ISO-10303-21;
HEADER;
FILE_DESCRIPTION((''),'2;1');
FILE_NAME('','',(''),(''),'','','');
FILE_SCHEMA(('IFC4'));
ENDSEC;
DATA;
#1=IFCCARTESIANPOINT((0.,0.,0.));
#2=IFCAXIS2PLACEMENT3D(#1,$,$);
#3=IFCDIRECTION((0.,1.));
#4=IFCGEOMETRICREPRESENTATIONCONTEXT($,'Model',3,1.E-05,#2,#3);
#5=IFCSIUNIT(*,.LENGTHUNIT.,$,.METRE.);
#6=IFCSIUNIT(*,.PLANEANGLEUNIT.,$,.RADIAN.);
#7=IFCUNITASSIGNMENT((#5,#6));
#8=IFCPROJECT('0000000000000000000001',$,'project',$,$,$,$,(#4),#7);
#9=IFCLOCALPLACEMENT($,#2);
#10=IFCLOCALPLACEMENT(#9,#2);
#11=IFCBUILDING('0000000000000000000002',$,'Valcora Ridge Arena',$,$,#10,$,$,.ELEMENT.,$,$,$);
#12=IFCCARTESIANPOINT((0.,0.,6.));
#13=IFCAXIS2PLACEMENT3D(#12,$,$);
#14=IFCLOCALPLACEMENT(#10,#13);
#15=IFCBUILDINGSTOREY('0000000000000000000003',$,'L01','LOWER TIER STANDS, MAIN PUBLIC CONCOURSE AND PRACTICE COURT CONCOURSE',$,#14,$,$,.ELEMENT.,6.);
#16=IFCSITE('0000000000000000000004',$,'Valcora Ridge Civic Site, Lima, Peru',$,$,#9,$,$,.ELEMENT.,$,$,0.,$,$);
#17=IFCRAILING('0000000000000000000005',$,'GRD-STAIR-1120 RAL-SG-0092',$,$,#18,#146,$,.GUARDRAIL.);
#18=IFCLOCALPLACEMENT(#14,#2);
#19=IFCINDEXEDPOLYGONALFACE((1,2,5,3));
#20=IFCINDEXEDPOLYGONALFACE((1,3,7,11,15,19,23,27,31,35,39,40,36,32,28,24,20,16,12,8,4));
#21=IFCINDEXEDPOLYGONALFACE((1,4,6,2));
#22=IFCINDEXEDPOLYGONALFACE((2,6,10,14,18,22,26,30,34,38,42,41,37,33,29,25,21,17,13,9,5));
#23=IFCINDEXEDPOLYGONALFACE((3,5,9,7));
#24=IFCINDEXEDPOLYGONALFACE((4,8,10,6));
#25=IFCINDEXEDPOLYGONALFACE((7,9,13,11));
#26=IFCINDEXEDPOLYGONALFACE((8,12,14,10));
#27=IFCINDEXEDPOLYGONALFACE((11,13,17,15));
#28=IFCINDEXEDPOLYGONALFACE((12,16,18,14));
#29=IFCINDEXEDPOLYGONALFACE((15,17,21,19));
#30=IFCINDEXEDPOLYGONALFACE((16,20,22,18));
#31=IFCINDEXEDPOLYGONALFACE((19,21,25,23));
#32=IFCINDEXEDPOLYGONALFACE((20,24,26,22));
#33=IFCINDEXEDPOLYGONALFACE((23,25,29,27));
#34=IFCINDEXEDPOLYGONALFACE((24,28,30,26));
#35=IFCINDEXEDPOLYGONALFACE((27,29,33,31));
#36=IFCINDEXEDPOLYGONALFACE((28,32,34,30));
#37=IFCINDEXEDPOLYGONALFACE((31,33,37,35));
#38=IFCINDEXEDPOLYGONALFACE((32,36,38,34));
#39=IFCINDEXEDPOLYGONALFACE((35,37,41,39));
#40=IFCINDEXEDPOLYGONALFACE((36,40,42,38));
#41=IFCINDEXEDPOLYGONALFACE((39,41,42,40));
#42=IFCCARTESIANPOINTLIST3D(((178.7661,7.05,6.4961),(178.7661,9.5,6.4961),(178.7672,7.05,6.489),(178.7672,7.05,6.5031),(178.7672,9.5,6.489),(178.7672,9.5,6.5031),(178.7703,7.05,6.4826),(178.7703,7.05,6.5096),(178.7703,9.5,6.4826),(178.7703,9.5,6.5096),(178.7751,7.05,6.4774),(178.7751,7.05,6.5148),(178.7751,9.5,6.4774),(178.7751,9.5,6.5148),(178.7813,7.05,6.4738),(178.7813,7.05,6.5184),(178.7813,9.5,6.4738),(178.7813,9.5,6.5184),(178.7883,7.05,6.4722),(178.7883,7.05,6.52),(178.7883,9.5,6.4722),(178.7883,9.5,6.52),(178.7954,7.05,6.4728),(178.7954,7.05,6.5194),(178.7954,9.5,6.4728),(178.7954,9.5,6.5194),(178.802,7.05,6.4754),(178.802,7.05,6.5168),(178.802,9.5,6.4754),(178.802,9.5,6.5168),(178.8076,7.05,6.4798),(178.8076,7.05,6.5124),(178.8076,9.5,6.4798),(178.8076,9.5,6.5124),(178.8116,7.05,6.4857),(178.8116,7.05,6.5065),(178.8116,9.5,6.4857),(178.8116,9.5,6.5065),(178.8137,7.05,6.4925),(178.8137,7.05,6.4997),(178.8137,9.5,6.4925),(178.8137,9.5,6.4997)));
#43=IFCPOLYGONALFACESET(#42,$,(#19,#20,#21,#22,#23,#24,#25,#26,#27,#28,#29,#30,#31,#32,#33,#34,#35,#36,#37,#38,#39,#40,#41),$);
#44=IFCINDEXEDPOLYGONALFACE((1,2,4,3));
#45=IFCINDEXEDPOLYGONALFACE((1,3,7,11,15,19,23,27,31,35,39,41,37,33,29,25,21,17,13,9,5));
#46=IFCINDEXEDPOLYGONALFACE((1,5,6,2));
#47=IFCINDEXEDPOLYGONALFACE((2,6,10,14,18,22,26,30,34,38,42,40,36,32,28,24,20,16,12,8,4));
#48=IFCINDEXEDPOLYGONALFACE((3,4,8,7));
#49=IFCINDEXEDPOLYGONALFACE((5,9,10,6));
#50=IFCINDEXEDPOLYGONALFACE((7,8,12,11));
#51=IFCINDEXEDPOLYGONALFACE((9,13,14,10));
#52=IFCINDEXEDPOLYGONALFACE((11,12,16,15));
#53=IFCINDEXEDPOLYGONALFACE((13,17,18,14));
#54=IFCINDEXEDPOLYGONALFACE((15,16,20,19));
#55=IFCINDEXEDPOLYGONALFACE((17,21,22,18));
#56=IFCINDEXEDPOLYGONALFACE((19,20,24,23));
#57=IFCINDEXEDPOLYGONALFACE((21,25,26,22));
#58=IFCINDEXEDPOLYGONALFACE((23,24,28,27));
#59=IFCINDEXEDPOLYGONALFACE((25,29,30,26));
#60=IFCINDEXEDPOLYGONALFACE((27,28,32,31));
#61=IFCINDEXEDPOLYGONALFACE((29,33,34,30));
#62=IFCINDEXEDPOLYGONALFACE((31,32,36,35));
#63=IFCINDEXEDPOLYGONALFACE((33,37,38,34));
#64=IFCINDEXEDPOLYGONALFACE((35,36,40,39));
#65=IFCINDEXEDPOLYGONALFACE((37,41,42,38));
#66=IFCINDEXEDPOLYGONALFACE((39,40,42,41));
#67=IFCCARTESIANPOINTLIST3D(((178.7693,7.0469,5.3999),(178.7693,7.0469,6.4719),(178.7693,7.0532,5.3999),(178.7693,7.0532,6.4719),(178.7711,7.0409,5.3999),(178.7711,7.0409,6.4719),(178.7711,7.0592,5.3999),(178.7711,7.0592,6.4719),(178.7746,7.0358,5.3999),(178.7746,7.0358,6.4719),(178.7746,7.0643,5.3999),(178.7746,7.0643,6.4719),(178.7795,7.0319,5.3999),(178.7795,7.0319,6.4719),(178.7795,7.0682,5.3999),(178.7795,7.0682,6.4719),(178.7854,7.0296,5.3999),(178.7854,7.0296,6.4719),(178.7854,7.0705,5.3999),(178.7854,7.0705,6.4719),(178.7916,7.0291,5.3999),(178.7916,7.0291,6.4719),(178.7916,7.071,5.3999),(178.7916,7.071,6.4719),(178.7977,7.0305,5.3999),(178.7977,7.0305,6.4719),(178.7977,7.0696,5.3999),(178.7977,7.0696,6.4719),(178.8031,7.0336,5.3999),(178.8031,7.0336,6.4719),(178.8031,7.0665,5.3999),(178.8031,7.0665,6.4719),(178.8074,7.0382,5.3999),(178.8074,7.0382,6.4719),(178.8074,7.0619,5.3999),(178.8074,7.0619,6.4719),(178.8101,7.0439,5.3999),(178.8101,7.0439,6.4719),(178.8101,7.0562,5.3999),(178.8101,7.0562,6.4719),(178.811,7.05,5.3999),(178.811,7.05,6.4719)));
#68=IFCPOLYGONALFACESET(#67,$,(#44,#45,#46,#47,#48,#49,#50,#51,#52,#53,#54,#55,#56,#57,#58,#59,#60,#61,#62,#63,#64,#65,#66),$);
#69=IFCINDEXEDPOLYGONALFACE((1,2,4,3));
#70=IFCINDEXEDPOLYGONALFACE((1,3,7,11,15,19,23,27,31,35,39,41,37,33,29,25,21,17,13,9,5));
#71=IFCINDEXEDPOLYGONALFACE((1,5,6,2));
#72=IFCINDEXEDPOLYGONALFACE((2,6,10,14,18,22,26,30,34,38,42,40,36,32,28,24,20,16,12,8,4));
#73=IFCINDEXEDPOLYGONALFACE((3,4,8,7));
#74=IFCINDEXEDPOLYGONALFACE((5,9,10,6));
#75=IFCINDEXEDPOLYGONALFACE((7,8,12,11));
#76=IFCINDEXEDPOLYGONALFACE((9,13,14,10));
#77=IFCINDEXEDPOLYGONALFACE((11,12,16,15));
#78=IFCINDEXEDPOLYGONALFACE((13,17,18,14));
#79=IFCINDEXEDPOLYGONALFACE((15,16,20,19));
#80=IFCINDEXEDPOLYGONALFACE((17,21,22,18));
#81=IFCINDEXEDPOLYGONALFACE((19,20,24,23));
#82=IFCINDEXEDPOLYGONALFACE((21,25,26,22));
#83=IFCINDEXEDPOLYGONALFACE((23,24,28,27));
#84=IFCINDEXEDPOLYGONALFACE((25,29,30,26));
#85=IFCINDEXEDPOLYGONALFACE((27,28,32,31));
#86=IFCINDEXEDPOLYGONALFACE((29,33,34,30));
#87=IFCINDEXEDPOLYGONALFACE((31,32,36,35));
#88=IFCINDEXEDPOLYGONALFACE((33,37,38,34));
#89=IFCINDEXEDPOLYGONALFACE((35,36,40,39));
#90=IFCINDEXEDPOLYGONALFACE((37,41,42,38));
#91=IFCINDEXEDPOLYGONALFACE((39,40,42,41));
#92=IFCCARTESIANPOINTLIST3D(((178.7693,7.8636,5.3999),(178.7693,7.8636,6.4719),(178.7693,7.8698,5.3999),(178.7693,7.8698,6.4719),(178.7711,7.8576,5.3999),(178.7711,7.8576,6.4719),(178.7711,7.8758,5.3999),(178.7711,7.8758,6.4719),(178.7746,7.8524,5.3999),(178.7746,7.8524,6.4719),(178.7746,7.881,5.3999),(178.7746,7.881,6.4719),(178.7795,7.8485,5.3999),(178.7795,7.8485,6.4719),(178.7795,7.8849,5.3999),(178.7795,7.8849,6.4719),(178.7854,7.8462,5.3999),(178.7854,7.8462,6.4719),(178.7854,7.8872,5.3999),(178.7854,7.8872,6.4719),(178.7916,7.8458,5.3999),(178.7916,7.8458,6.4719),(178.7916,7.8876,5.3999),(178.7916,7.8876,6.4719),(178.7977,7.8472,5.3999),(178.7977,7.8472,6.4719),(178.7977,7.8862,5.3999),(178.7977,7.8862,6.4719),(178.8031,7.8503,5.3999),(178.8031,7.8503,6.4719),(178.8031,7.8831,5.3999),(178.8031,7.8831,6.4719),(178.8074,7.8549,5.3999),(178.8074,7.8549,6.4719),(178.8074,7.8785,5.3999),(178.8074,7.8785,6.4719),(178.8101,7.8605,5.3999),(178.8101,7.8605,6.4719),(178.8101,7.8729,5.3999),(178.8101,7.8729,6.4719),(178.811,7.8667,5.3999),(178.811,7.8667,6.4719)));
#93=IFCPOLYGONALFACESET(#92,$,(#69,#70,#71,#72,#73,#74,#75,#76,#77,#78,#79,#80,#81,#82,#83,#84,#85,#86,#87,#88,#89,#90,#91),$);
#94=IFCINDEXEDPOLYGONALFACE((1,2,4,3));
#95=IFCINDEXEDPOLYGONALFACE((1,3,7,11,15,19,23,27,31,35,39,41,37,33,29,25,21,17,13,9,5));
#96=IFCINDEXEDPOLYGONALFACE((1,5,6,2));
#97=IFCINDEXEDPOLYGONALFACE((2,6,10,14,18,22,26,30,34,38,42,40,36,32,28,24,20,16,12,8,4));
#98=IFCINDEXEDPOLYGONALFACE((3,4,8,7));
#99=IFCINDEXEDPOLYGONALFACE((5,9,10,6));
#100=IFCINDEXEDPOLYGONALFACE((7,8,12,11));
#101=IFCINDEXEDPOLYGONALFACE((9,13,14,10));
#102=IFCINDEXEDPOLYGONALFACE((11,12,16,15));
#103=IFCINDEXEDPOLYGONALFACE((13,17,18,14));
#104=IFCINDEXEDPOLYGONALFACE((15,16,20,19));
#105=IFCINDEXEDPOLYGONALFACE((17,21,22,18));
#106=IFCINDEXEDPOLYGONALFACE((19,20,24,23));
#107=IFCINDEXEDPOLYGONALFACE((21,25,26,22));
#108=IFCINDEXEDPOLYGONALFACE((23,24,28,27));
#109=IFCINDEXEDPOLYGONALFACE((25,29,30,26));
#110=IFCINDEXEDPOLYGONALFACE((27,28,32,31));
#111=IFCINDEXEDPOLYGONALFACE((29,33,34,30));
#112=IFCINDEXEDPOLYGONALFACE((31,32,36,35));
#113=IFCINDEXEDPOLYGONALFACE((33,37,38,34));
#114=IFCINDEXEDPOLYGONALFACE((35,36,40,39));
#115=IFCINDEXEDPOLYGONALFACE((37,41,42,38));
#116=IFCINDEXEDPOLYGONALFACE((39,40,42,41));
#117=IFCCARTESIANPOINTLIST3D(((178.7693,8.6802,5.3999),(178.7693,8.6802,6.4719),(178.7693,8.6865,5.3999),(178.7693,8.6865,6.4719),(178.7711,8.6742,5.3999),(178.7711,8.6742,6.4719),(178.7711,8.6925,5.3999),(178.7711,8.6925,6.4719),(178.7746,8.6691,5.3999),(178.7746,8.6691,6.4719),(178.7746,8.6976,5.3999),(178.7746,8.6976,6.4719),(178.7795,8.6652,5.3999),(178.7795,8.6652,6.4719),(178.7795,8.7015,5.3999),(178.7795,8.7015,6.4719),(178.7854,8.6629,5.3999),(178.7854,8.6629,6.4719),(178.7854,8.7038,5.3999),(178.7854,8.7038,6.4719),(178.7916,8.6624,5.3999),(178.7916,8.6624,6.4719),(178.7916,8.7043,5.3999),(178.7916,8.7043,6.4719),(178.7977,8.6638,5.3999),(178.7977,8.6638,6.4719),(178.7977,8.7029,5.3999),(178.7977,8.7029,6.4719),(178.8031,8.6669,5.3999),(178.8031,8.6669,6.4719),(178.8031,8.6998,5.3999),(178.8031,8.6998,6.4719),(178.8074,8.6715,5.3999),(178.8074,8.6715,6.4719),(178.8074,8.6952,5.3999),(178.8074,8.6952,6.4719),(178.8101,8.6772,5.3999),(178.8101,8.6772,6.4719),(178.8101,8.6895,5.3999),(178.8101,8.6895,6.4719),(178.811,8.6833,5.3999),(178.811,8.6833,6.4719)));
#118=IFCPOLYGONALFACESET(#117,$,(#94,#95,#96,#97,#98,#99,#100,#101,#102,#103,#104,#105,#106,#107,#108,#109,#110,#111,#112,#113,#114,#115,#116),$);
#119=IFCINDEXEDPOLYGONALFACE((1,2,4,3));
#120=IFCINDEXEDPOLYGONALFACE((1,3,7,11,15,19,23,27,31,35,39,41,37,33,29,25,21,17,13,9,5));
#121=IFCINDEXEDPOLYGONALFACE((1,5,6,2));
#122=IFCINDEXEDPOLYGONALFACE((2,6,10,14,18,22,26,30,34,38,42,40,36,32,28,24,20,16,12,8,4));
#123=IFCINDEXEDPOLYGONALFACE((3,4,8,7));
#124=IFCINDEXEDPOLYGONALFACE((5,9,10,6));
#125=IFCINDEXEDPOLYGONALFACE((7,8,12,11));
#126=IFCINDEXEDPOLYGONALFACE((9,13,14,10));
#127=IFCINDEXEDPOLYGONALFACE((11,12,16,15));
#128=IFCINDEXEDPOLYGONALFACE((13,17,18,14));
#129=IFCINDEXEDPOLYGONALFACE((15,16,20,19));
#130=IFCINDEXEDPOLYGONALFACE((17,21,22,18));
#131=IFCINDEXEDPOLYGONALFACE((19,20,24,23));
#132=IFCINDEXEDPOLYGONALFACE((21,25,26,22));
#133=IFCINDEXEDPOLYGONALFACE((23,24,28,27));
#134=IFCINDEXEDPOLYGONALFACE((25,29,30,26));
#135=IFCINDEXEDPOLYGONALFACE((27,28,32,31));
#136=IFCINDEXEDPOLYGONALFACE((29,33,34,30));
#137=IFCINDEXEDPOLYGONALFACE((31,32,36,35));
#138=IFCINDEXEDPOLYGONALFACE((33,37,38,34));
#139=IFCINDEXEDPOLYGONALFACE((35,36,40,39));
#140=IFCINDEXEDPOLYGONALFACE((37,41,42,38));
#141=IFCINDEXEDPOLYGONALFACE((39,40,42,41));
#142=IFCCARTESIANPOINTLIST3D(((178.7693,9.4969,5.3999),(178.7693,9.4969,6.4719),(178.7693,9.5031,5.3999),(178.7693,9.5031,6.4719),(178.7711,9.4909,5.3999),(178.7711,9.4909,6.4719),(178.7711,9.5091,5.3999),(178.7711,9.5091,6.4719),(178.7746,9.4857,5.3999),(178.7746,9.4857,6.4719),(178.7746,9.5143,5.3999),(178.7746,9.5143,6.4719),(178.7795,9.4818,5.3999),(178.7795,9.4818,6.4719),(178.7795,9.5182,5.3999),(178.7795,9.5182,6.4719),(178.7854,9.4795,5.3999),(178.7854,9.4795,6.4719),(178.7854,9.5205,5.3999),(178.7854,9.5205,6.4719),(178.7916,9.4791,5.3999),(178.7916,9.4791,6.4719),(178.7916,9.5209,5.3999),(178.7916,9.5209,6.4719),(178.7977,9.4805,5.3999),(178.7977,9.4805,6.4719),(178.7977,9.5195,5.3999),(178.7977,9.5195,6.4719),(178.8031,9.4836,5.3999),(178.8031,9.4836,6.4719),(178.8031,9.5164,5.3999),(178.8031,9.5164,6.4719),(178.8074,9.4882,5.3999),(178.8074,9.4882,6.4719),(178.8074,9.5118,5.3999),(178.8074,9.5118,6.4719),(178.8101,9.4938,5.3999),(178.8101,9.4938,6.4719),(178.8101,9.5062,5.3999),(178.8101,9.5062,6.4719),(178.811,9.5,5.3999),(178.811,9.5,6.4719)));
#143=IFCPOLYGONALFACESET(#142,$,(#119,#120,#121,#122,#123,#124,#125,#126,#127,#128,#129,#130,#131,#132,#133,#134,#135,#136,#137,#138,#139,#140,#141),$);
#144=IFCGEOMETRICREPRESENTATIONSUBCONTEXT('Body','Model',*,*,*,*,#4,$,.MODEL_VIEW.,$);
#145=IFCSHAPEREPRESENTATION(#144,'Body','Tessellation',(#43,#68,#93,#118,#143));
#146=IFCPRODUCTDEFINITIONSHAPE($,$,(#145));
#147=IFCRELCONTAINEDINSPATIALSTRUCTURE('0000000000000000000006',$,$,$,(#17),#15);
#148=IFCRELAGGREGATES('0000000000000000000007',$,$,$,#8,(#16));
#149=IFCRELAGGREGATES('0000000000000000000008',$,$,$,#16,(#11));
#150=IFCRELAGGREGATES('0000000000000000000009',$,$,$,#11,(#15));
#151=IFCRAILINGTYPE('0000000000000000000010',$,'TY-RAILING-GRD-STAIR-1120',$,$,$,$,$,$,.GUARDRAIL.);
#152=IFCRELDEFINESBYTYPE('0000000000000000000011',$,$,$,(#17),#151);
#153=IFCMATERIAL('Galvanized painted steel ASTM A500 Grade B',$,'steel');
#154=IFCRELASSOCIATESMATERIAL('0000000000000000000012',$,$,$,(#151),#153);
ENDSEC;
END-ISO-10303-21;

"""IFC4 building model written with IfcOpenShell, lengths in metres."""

from ifc_helpers import new_model, si_unit, direction, frame, origin, origin_2d, place, context, subcontext, project, spatial, circle, extrude, material, type_object, element, save


model = new_model("IFC4")

# Units and contexts
model_context = context("Model", 3, precision=1e-05, world=origin(), true_north=direction((0.0, 1.0)))
body_context = subcontext(model_context, "Body", "Model", "MODEL_VIEW")
ifc_project = project(units=[si_unit("LENGTHUNIT", "METRE"), si_unit("PLANEANGLEUNIT", "RADIAN")], contexts=[model_context])

# Site, building, storey
site_placement = place(None, origin())
site = spatial("IfcSite", under=ifc_project, at=site_placement, Name="Valcora Ridge Civic Site, Lima, Peru", CompositionType="ELEMENT", RefElevation=0.0)
building_placement = place(site_placement, origin())
building = spatial("IfcBuilding", under=site, at=building_placement, Name="Valcora Ridge Arena", CompositionType="ELEMENT")
storey_placement = place(building_placement, frame((0.0, 0.0, 6.0)))
storey = spatial("IfcBuildingStorey", under=building, at=storey_placement, Name="L01", Description="LOWER TIER STANDS, MAIN PUBLIC CONCOURSE AND PRACTICE COURT CONCOURSE", CompositionType="ELEMENT", Elevation=6.0)

# Railing
ifc_material_1 = material(Name="Galvanized painted steel ASTM A500 Grade B", Category="steel")
railing_type_1 = type_object("IfcRailingType", Name="TY-RAILING-GRD-STAIR-1120", PredefinedType="GUARDRAIL", material=ifc_material_1)
railing_1_placement = place(storey_placement, frame((178.79, 7.05, 5.3999)))
element("IfcRailing", 1, at=railing_1_placement, inside=storey, type_object=railing_type_1, Name="GRD-STAIR-1120 RAL-SG-0092", PredefinedType="GUARDRAIL", context=body_context, shape_type="SweptSolid", body=[
    extrude(circle(Radius=0.0239, at=origin_2d()), frame((0.0, 0.0, 1.0962), z_axis=(0.0, 1.0, 0.0), x_axis=(-1.0, 0.0, 0.0)), (0.0, 0.0, 1.0), 2.45),
    extrude(circle(Radius=0.021, at=origin_2d()), origin(), (0.0, 0.0, 1.0), 1.072),
    extrude(circle(Radius=0.021, at=origin_2d()), frame((0.0, 0.8167, 0.0)), (0.0, 0.0, 1.0), 1.072),
    extrude(circle(Radius=0.021, at=origin_2d()), frame((0.0, 1.6333, 0.0)), (0.0, 0.0, 1.0), 1.072),
    extrude(circle(Radius=0.021, at=origin_2d()), frame((0.0, 2.45, 0.0)), (0.0, 0.0, 1.0), 1.072),
])

save(model, "model.ifc")
